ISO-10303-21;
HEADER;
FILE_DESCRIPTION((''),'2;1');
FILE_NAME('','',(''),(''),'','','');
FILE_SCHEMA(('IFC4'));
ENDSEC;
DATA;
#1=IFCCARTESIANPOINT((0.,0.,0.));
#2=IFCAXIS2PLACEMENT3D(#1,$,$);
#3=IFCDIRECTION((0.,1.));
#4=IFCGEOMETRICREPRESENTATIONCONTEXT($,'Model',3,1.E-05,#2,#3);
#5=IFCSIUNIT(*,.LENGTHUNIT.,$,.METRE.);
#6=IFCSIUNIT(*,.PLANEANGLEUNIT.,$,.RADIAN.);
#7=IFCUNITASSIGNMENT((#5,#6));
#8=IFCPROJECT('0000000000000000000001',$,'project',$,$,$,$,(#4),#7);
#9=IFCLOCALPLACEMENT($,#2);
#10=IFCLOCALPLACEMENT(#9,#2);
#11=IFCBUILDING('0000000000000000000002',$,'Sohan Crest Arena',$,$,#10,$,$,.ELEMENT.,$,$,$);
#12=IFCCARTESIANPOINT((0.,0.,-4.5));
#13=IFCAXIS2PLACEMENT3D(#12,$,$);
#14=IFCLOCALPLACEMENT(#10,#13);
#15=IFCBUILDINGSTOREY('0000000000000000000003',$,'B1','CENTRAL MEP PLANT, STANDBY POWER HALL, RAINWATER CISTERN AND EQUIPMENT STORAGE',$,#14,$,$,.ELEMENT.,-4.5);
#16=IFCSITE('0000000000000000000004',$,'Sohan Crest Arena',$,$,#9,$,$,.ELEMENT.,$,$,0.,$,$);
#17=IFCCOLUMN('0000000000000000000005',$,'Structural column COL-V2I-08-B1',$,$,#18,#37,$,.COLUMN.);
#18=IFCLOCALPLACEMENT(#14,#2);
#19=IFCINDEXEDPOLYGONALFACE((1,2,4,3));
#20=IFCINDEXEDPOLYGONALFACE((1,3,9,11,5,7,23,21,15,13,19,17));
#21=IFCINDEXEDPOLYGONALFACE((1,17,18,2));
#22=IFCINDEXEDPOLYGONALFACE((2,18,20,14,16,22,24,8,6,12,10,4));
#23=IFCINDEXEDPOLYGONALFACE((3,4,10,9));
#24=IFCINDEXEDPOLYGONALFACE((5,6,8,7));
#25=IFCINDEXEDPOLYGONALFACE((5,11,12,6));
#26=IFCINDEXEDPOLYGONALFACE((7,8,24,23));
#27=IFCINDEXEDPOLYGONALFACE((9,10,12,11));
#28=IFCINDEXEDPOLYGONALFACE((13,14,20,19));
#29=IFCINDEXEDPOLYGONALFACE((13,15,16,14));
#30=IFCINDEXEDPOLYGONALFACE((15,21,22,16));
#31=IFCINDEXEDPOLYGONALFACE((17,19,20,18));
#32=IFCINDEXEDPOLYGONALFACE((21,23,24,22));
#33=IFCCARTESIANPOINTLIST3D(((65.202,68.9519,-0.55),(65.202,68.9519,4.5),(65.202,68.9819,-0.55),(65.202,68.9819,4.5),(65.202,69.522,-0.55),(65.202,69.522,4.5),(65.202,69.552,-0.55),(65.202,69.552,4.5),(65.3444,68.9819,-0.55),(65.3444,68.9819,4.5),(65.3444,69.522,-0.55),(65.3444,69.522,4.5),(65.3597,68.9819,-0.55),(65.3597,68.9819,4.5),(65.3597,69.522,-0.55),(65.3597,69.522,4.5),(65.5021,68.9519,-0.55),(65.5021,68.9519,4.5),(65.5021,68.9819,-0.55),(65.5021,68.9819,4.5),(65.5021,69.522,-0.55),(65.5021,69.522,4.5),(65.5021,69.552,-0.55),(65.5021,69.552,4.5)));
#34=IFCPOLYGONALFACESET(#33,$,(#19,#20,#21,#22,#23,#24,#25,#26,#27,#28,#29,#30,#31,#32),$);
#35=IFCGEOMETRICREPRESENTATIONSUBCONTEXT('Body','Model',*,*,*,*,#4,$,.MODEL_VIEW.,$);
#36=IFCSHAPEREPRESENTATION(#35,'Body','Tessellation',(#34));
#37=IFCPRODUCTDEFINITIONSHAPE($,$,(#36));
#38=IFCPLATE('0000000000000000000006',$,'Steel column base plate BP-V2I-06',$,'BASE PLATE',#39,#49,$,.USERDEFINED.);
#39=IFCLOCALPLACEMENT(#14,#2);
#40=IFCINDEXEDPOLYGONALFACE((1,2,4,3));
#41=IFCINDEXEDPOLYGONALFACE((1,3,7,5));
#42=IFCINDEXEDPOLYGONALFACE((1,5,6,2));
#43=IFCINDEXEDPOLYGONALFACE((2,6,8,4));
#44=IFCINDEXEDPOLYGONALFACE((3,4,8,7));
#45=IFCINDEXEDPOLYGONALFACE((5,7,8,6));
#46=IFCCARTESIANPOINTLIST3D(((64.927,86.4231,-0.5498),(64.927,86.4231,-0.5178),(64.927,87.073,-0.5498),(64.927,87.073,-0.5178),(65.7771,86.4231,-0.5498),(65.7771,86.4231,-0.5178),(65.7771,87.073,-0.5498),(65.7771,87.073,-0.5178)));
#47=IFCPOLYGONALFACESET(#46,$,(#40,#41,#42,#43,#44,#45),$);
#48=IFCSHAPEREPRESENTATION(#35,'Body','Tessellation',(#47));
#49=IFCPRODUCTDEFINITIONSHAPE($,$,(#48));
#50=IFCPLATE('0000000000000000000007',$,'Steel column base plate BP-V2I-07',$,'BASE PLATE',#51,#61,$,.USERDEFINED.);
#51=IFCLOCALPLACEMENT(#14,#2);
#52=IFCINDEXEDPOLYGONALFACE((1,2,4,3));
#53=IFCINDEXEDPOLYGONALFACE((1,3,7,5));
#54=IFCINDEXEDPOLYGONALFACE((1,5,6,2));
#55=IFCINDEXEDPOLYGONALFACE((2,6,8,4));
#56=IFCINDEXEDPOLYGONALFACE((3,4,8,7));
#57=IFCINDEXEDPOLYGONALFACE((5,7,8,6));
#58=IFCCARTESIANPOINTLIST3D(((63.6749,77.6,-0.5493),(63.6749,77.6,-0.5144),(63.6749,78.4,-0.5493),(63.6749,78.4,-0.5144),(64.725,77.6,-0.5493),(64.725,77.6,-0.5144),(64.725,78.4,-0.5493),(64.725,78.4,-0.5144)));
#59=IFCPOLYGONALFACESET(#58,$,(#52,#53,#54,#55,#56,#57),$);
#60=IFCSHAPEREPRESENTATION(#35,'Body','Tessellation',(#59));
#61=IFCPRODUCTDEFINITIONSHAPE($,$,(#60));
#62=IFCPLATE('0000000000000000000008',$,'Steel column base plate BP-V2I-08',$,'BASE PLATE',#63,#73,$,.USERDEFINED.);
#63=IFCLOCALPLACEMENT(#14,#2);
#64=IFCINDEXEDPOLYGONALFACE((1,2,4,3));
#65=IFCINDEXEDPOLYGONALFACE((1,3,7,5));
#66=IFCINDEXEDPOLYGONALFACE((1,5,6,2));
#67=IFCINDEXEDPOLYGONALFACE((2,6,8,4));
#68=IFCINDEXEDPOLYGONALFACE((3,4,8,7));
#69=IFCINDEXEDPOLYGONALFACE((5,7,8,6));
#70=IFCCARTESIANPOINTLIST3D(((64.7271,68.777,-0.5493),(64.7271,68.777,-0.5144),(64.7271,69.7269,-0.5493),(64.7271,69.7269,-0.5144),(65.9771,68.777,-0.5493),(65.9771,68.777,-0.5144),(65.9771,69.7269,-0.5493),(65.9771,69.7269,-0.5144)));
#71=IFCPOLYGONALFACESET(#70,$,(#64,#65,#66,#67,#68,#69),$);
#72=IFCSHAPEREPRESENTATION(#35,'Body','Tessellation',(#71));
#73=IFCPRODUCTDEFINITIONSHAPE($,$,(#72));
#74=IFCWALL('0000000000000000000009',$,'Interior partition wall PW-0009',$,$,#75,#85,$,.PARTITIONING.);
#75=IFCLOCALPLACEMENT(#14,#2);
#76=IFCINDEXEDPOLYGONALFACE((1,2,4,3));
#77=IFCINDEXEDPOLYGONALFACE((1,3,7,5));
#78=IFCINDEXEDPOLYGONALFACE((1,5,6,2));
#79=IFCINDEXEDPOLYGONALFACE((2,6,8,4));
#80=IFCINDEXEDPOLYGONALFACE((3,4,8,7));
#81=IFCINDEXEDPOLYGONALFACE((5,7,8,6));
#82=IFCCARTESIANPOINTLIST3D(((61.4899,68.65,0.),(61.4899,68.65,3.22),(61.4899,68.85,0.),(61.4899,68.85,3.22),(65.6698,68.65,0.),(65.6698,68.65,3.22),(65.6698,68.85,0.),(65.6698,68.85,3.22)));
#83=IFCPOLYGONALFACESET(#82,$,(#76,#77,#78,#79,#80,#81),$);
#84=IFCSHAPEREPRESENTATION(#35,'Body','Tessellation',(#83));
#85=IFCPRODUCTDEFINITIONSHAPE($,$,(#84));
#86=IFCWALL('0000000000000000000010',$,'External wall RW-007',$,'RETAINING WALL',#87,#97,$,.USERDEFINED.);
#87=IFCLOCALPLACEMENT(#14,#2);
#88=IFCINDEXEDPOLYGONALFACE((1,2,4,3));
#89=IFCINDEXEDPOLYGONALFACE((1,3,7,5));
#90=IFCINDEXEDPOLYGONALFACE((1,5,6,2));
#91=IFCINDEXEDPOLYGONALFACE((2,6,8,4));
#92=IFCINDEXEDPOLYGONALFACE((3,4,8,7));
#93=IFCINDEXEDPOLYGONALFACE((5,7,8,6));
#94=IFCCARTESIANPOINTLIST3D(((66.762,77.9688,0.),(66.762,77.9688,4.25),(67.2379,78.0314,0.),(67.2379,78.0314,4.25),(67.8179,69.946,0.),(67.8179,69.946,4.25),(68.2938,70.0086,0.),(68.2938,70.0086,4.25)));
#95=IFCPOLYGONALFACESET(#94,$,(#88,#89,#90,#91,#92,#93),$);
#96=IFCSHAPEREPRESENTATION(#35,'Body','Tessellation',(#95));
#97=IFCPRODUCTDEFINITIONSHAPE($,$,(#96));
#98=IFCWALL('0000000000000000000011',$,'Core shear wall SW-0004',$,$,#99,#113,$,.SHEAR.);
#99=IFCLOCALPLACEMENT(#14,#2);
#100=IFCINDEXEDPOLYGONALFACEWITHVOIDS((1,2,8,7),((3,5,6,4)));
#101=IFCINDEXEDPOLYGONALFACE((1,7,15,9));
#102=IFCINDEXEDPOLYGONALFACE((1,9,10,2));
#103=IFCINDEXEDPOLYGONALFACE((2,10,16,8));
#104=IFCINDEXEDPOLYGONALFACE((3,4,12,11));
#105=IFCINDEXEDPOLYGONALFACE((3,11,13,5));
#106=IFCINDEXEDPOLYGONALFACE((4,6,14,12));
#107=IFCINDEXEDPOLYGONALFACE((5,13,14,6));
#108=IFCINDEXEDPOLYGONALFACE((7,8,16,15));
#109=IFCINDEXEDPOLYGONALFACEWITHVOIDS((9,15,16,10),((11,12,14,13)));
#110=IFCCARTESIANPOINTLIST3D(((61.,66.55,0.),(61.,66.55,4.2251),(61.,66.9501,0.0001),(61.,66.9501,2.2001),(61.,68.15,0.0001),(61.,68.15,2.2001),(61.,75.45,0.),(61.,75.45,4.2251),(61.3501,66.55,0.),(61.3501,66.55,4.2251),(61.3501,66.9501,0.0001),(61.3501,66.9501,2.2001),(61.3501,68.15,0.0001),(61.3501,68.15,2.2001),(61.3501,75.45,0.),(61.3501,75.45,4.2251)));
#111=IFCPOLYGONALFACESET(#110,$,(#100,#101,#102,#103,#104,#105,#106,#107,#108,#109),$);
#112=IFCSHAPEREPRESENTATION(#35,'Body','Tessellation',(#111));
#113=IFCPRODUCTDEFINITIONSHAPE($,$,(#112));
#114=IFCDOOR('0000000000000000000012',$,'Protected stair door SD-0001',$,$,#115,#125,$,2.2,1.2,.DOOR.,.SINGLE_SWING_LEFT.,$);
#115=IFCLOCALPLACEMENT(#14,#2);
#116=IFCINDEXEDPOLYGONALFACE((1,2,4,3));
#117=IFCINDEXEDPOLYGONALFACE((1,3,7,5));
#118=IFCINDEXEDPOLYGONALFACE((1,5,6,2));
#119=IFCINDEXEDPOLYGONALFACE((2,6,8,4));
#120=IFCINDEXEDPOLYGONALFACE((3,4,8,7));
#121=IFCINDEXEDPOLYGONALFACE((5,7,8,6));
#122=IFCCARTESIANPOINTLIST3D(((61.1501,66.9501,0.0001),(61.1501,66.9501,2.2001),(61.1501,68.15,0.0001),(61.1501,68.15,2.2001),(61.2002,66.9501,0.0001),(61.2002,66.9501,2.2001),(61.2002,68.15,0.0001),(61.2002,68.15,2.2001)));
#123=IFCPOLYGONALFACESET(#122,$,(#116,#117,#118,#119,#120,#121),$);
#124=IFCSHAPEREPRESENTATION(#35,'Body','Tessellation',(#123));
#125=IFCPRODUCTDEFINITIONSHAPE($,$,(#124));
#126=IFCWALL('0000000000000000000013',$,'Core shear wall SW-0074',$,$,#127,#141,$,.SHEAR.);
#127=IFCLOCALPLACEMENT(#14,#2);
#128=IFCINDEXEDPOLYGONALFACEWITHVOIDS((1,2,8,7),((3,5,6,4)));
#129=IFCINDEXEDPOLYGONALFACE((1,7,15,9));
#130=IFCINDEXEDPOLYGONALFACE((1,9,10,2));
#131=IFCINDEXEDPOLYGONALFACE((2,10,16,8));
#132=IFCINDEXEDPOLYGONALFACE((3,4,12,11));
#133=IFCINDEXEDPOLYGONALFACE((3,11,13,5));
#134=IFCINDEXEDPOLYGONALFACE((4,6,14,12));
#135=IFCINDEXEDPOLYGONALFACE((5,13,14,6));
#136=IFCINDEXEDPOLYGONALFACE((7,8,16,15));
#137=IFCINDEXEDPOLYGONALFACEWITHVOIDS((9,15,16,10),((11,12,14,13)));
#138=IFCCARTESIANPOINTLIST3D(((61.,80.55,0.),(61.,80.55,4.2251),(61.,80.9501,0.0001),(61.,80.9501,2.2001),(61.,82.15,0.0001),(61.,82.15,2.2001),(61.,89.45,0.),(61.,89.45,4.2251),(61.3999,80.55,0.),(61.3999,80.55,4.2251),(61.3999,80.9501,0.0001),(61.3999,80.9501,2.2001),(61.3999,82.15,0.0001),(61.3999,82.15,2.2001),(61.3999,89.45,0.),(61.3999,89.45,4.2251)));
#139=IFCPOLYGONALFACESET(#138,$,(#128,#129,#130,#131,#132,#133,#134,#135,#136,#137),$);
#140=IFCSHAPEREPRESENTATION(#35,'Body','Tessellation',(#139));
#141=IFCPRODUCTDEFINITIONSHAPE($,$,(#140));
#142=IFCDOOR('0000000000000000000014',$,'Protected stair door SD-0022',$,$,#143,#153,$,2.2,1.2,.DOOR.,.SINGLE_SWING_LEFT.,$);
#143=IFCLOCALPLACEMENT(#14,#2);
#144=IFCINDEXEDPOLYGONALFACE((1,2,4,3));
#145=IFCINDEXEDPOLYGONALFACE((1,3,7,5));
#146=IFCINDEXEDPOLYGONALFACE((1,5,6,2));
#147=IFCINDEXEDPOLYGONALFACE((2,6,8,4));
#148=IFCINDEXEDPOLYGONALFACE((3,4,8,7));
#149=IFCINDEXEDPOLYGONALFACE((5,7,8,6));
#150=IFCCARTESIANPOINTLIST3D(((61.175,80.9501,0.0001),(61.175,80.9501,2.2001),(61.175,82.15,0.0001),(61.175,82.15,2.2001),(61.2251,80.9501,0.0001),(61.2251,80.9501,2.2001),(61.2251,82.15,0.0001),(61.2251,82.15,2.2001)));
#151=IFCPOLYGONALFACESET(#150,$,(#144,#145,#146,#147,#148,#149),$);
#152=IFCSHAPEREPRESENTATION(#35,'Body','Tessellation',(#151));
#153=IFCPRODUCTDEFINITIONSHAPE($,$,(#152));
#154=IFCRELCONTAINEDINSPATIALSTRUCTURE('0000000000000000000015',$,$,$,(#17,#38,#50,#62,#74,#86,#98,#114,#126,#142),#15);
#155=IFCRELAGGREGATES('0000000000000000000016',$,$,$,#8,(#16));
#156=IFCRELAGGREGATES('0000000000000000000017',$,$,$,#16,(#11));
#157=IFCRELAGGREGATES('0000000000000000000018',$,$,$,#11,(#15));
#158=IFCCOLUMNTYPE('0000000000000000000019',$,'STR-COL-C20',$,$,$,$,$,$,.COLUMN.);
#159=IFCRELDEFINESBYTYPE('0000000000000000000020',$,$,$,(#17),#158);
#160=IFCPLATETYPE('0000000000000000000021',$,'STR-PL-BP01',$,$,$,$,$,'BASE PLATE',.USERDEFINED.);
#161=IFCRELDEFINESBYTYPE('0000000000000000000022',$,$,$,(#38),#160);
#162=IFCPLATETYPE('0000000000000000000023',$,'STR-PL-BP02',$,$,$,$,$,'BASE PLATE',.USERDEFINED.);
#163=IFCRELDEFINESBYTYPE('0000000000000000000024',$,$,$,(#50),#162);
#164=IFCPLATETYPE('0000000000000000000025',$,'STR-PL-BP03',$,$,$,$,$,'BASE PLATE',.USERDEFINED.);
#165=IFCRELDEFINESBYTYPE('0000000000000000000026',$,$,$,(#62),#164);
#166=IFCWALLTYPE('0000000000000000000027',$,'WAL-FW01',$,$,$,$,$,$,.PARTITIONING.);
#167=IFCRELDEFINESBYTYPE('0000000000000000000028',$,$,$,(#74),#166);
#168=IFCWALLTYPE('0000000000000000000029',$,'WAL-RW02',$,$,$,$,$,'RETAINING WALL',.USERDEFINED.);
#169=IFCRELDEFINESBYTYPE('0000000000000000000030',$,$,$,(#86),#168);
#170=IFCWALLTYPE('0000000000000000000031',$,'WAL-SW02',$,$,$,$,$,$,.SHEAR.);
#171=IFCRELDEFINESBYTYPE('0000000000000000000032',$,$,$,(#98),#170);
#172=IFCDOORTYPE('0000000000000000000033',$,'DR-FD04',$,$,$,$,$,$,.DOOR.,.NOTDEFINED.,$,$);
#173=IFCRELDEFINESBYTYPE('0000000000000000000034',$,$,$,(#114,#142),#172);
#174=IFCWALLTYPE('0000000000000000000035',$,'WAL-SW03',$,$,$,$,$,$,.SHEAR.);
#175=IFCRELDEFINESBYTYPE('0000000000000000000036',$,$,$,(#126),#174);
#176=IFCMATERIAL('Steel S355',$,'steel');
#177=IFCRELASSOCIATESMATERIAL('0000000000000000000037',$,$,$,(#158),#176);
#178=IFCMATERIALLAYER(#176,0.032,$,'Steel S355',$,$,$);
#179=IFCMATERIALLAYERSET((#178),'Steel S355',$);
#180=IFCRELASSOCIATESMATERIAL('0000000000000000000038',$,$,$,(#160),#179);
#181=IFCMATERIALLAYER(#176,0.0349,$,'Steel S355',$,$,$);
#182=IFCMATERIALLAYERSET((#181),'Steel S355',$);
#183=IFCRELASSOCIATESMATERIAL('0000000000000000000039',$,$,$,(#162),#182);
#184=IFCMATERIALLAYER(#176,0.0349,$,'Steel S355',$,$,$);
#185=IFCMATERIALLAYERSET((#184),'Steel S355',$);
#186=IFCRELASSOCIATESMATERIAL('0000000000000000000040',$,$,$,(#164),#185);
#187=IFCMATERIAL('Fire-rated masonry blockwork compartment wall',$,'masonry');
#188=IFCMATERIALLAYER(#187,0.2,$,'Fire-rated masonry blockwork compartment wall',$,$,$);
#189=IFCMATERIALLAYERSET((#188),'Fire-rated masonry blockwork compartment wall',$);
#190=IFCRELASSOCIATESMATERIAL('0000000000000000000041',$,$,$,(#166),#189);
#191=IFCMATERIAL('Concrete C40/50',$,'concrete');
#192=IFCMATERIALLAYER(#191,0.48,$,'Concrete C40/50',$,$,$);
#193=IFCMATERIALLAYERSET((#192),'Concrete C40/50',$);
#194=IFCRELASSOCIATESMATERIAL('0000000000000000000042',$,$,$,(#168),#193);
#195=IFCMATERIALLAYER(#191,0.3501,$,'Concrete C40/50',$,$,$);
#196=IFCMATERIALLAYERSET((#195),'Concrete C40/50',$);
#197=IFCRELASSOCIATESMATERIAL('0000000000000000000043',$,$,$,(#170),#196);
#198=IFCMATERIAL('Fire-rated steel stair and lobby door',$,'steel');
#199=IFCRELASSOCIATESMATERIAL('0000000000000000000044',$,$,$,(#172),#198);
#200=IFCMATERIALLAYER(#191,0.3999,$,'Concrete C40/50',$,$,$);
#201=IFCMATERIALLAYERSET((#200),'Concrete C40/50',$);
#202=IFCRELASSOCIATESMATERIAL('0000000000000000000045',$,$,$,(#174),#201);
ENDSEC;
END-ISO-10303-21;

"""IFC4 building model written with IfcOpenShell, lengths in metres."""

from ifc_helpers import new_model, si_unit, direction, frame, frame_2d, origin, origin_2d, place, context, subcontext, project, spatial, rectangle, i_section, extrude, material, layer, layer_set, material_profile, profile_set, type_object, element, fill, save


model = new_model("IFC4")

# Units and contexts
model_context = context("Model", 3, precision=1e-05, world=origin(), true_north=direction((0.0, 1.0)))
body_context = subcontext(model_context, "Body", "Model", "MODEL_VIEW")
ifc_project = project(units=[si_unit("LENGTHUNIT", "METRE"), si_unit("PLANEANGLEUNIT", "RADIAN")], contexts=[model_context])

# Site, building, storey
site_placement = place(None, origin())
site = spatial("IfcSite", under=ifc_project, at=site_placement, Name="Sohan Crest Arena", CompositionType="ELEMENT", RefElevation=0.0)
building_placement = place(site_placement, origin())
building = spatial("IfcBuilding", under=site, at=building_placement, Name="Sohan Crest Arena", CompositionType="ELEMENT")
storey_placement = place(building_placement, frame((0.0, 0.0, -4.5)))
storey = spatial("IfcBuildingStorey", under=building, at=storey_placement, Name="B1", Description="CENTRAL MEP PLANT, STANDBY POWER HALL, RAINWATER CISTERN AND EQUIPMENT STORAGE", CompositionType="ELEMENT", Elevation=-4.5)

# Shared definitions
ifc_material_1 = material(Name="Concrete C40/50", Category="concrete")

# Column
ifc_material_2 = material(Name="Steel S355", Category="steel")
ifc_material_profile_1 = material_profile(ifc_material_2, i_section(OverallWidth=0.3, OverallDepth=0.6001, WebThickness=0.0154, FlangeThickness=0.03, at=origin_2d()), Name="HEB 600")
ifc_profile_set_1 = profile_set([ifc_material_profile_1], Name="Steel S355")
column_type_1 = type_object("IfcColumnType", Name="STR-COL-C20", PredefinedType="COLUMN", material=ifc_profile_set_1)
column_1_placement = place(storey_placement, frame((65.3521, 69.252, -0.55), z_axis=(0.0, 0.0, 1.0), x_axis=(1.0, 0.0, 0.0)))
element("IfcColumn", 1, at=column_1_placement, inside=storey, type_object=column_type_1, Name="Structural column COL-V2I-08-B1", PredefinedType="COLUMN", context=body_context, shape_type="SweptSolid", body=[
    extrude(i_section(OverallWidth=0.3, OverallDepth=0.6001, WebThickness=0.0154, FlangeThickness=0.03, at=origin_2d()), origin(), (0.0, 0.0, 1.0), 5.05),
])

# Plates
ifc_layer_1 = layer(ifc_material_2, 0.032, Name="Steel S355")
ifc_layer_set_1 = layer_set([ifc_layer_1], Name="Steel S355")
plate_type_1 = type_object("IfcPlateType", Name="STR-PL-BP01", ElementType="BASE PLATE", PredefinedType="USERDEFINED", material=ifc_layer_set_1)
plate_1_placement = place(storey_placement, frame((65.3521, 86.748, -0.5498), z_axis=(0.0, 0.0, 1.0), x_axis=(1.0, 0.0, 0.0)))
element("IfcPlate", 2, at=plate_1_placement, inside=storey, type_object=plate_type_1, Name="Steel column base plate BP-V2I-06", ObjectType="BASE PLATE", PredefinedType="USERDEFINED", context=body_context, shape_type="SweptSolid", body=[
    extrude(rectangle(XDim=0.8501, YDim=0.6499, at=origin_2d()), origin(), (0.0, 0.0, 1.0), 0.032),
])
ifc_layer_2 = layer(ifc_material_2, 0.0349, Name="Steel S355")
ifc_layer_set_2 = layer_set([ifc_layer_2], Name="Steel S355")
plate_type_2 = type_object("IfcPlateType", Name="STR-PL-BP02", ElementType="BASE PLATE", PredefinedType="USERDEFINED", material=ifc_layer_set_2)
plate_2_placement = place(storey_placement, frame((64.2, 78.0, -0.5493), z_axis=(0.0, 0.0, 1.0), x_axis=(1.0, 0.0, 0.0)))
element("IfcPlate", 3, at=plate_2_placement, inside=storey, type_object=plate_type_2, Name="Steel column base plate BP-V2I-07", ObjectType="BASE PLATE", PredefinedType="USERDEFINED", context=body_context, shape_type="SweptSolid", body=[
    extrude(rectangle(XDim=1.05, YDim=0.8, at=origin_2d()), origin(), (0.0, 0.0, 1.0), 0.0349),
])
ifc_layer_3 = layer(ifc_material_2, 0.0349, Name="Steel S355")
ifc_layer_set_3 = layer_set([ifc_layer_3], Name="Steel S355")
plate_type_3 = type_object("IfcPlateType", Name="STR-PL-BP03", ElementType="BASE PLATE", PredefinedType="USERDEFINED", material=ifc_layer_set_3)
plate_3_placement = place(storey_placement, frame((65.3521, 69.252, -0.5493), z_axis=(0.0, 0.0, 1.0), x_axis=(1.0, 0.0, 0.0)))
element("IfcPlate", 4, at=plate_3_placement, inside=storey, type_object=plate_type_3, Name="Steel column base plate BP-V2I-08", ObjectType="BASE PLATE", PredefinedType="USERDEFINED", context=body_context, shape_type="SweptSolid", body=[
    extrude(rectangle(XDim=1.25, YDim=0.95, at=origin_2d()), origin(), (0.0, 0.0, 1.0), 0.0349),
])

# Walls
ifc_material_3 = material(Name="Fire-rated masonry blockwork compartment wall", Category="masonry")
ifc_layer_4 = layer(ifc_material_3, 0.2, Name="Fire-rated masonry blockwork compartment wall")
ifc_layer_set_4 = layer_set([ifc_layer_4], Name="Fire-rated masonry blockwork compartment wall")
wall_type_1 = type_object("IfcWallType", Name="WAL-FW01", PredefinedType="PARTITIONING", material=ifc_layer_set_4)
wall_1_placement = place(storey_placement, frame((61.49, 68.75, 0.0), z_axis=(0.0, 0.0, 1.0), x_axis=(1.0, 0.0, 0.0)))
element("IfcWall", 5, at=wall_1_placement, inside=storey, type_object=wall_type_1, Name="Interior partition wall PW-0009", PredefinedType="PARTITIONING", context=body_context, shape_type="SweptSolid", body=[
    extrude(rectangle(XDim=4.1799, YDim=0.2, at=frame_2d((2.0898, 0.0))), origin(), (0.0, 0.0, 1.0), 3.22),
])
ifc_layer_5 = layer(ifc_material_1, 0.48, Name="Concrete C40/50")
ifc_layer_set_5 = layer_set([ifc_layer_5], Name="Concrete C40/50")
wall_type_2 = type_object("IfcWallType", Name="WAL-RW02", ElementType="RETAINING WALL", PredefinedType="USERDEFINED", material=ifc_layer_set_5)
wall_2_placement = place(storey_placement, frame((67.0, 78.0, 0.0), z_axis=(0.0, 0.0, 1.0), x_axis=(0.130486, -0.99145, 0.0)))
element("IfcWall", 6, at=wall_2_placement, inside=storey, type_object=wall_type_2, Name="External wall RW-007", ObjectType="RETAINING WALL", PredefinedType="USERDEFINED", context=body_context, shape_type="SweptSolid", body=[
    extrude(rectangle(XDim=8.092, YDim=0.48, at=frame_2d((4.0459, 0.0))), origin(), (0.0, 0.0, 1.0), 4.25),
])

# Walls, openings, doors
ifc_layer_6 = layer(ifc_material_1, 0.3501, Name="Concrete C40/50")
ifc_layer_set_6 = layer_set([ifc_layer_6], Name="Concrete C40/50")
wall_type_3 = type_object("IfcWallType", Name="WAL-SW02", PredefinedType="SHEAR", material=ifc_layer_set_6)
wall_3_placement = place(storey_placement, frame((61.175, 66.55, 0.0), z_axis=(0.0, 0.0, 1.0), x_axis=(0.0, 1.0, 0.0)))
wall_3 = element("IfcWall", 7, at=wall_3_placement, inside=storey, type_object=wall_type_3, Name="Core shear wall SW-0004", PredefinedType="SHEAR", context=body_context, shape_type="SweptSolid", body=[
    extrude(rectangle(XDim=8.8999, YDim=0.3501, at=frame_2d((4.45, 0.0))), origin(), (0.0, 0.0, 1.0), 4.2251),
])
opening_1_placement = place(wall_3_placement, frame((0.3999, 0.0, 0.0)))
opening_1 = element("IfcOpeningElement", 8, at=opening_1_placement, cuts=wall_3, PredefinedType="OPENING", context=body_context, shape_type="SweptSolid", body=[
    extrude(rectangle(XDim=1.2, YDim=2.2, at=frame_2d((0.6001, 1.1001))), frame((0.0, 0.1851, 0.0), z_axis=(0.0, -1.0, 0.0), x_axis=(1.0, 0.0, 0.0)), (0.0, 0.0, 1.0), 0.3701),
])
ifc_material_4 = material(Name="Fire-rated steel stair and lobby door", Category="steel")
door_type = type_object("IfcDoorType", Name="DR-FD04", OperationType="NOTDEFINED", PredefinedType="DOOR", material=ifc_material_4)
door_1_placement = place(opening_1_placement, origin())
door_1 = element("IfcDoor", 9, at=door_1_placement, inside=storey, type_object=door_type, Name="Protected stair door SD-0001", OperationType="SINGLE_SWING_LEFT", OverallHeight=2.2, OverallWidth=1.2, PredefinedType="DOOR", context=body_context, shape_type="SweptSolid", body=[
    extrude(rectangle(XDim=1.2, YDim=2.2, at=frame_2d((0.6001, 1.1001))), frame((0.0, 0.0249, 0.0), z_axis=(0.0, -1.0, 0.0), x_axis=(1.0, 0.0, 0.0)), (0.0, 0.0, 1.0), 0.05),
])
fill(opening_1, door_1)
ifc_layer_7 = layer(ifc_material_1, 0.3999, Name="Concrete C40/50")
ifc_layer_set_7 = layer_set([ifc_layer_7], Name="Concrete C40/50")
wall_type_4 = type_object("IfcWallType", Name="WAL-SW03", PredefinedType="SHEAR", material=ifc_layer_set_7)
wall_4_placement = place(storey_placement, frame((61.2, 80.55, 0.0), z_axis=(0.0, 0.0, 1.0), x_axis=(0.0, 1.0, 0.0)))
wall_4 = element("IfcWall", 10, at=wall_4_placement, inside=storey, type_object=wall_type_4, Name="Core shear wall SW-0074", PredefinedType="SHEAR", context=body_context, shape_type="SweptSolid", body=[
    extrude(rectangle(XDim=8.8999, YDim=0.3999, at=frame_2d((4.45, 0.0))), origin(), (0.0, 0.0, 1.0), 4.2251),
])
opening_2_placement = place(wall_4_placement, frame((0.3999, 0.0, 0.0)))
opening_2 = element("IfcOpeningElement", 11, at=opening_2_placement, cuts=wall_4, PredefinedType="OPENING", context=body_context, shape_type="SweptSolid", body=[
    extrude(rectangle(XDim=1.2, YDim=2.2, at=frame_2d((0.6001, 1.1001))), frame((0.0, 0.21, 0.0), z_axis=(0.0, -1.0, 0.0), x_axis=(1.0, 0.0, 0.0)), (0.0, 0.0, 1.0), 0.4199),
])
door_2_placement = place(opening_2_placement, origin())
door_2 = element("IfcDoor", 12, at=door_2_placement, inside=storey, type_object=door_type, Name="Protected stair door SD-0022", OperationType="SINGLE_SWING_LEFT", OverallHeight=2.2, OverallWidth=1.2, PredefinedType="DOOR", context=body_context, shape_type="SweptSolid", body=[
    extrude(rectangle(XDim=1.2, YDim=2.2, at=frame_2d((0.6001, 1.1001))), frame((0.0, 0.0249, 0.0), z_axis=(0.0, -1.0, 0.0), x_axis=(1.0, 0.0, 0.0)), (0.0, 0.0, 1.0), 0.05),
])
fill(opening_2, door_2)

save(model, "model.ifc")
